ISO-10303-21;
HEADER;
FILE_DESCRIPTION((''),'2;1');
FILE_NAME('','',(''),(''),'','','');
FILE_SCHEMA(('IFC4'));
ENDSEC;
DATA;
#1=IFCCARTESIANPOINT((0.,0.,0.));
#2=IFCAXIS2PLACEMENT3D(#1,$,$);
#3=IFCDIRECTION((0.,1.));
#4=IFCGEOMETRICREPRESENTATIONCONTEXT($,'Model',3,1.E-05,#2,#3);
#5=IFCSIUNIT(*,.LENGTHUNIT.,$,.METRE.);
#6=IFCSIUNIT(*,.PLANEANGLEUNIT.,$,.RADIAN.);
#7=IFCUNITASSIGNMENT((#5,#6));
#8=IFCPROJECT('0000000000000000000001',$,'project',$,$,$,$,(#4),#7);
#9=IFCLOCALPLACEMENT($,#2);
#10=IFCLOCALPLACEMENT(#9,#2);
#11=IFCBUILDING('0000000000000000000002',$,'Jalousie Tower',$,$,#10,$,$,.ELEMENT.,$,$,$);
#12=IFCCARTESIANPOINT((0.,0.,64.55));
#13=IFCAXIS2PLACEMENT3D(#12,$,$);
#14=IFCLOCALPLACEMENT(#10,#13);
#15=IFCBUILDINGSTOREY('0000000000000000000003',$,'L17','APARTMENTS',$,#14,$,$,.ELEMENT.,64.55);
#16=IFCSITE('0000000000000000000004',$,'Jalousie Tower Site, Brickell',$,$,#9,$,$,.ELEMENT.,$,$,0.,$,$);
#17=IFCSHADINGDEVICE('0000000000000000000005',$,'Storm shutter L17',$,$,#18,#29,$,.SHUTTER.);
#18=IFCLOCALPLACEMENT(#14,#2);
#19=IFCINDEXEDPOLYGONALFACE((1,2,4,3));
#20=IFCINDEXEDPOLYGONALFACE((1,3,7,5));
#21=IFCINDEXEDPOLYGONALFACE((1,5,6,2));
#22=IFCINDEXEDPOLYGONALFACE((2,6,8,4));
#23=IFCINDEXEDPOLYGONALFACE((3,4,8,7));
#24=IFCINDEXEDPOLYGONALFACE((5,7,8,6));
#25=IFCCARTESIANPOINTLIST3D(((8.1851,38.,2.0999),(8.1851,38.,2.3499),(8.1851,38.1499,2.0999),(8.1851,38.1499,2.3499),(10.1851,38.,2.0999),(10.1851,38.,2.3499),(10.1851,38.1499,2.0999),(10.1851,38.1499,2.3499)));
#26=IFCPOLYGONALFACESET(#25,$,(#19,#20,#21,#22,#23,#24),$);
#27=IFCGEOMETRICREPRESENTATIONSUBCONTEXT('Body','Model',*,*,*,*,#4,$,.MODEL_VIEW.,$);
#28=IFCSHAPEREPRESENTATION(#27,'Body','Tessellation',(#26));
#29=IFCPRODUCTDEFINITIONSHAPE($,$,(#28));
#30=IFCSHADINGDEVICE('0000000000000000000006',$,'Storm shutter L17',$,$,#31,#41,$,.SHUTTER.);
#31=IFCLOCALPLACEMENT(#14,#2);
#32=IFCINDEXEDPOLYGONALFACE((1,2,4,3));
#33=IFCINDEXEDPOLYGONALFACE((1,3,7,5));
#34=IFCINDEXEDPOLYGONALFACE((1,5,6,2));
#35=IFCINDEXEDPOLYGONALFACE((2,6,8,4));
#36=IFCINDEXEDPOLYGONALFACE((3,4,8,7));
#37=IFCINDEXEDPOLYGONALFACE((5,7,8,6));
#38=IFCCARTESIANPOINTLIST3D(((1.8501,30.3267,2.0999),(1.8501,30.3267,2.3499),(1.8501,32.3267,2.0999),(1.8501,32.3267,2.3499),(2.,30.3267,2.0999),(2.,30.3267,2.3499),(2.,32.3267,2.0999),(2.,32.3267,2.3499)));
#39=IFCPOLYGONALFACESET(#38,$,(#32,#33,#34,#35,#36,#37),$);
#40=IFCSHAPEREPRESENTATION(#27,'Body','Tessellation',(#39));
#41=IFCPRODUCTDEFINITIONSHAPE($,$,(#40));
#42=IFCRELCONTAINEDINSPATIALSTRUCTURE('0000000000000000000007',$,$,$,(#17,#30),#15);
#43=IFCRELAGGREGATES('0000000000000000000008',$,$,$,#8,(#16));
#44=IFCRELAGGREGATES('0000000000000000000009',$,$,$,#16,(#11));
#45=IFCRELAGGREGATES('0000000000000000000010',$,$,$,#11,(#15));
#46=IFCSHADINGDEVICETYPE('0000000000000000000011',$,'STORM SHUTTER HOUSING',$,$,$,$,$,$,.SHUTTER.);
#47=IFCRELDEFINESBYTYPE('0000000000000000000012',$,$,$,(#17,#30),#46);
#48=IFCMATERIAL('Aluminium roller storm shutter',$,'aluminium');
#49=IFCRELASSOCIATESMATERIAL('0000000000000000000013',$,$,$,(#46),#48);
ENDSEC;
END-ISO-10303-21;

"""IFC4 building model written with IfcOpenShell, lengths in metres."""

from ifc_helpers import new_model, si_unit, direction, frame, origin, origin_2d, place, context, subcontext, project, spatial, rectangle, extrude, material, type_object, element, save


model = new_model("IFC4")

# Units and contexts
model_context = context("Model", 3, precision=1e-05, world=origin(), true_north=direction((0.0, 1.0)))
body_context = subcontext(model_context, "Body", "Model", "MODEL_VIEW")
ifc_project = project(units=[si_unit("LENGTHUNIT", "METRE"), si_unit("PLANEANGLEUNIT", "RADIAN")], contexts=[model_context])

# Site, building, storey
site_placement = place(None, origin())
site = spatial("IfcSite", under=ifc_project, at=site_placement, Name="Jalousie Tower Site, Brickell", CompositionType="ELEMENT", RefElevation=0.0)
building_placement = place(site_placement, origin())
building = spatial("IfcBuilding", under=site, at=building_placement, Name="Jalousie Tower", CompositionType="ELEMENT")
storey_placement = place(building_placement, frame((0.0, 0.0, 64.55)))
storey = spatial("IfcBuildingStorey", under=building, at=storey_placement, Name="L17", Description="APARTMENTS", CompositionType="ELEMENT", Elevation=64.55)

# Shading devices
ifc_material_1 = material(Name="Aluminium roller storm shutter", Category="aluminium")
shading_device_type = type_object("IfcShadingDeviceType", Name="STORM SHUTTER HOUSING", PredefinedType="SHUTTER", material=ifc_material_1)
for number, where, z_axis, x_axis, name in (
    (1, (9.1851, 38.075, 2.0999), (0.0, 0.0, 1.0), (-1.0, 0.0, 0.0), "Storm shutter L17"),
    (2, (1.925, 31.3267, 2.0999), (0.0, 0.0, 1.0), (0.0, -1.0, 0.0), "Storm shutter L17"),
):
    element("IfcShadingDevice", number, at=place(storey_placement, frame(where, z_axis=z_axis, x_axis=x_axis)), inside=storey, type_object=shading_device_type, Name=name, PredefinedType="SHUTTER", context=body_context, shape_type="SweptSolid", body=[
        extrude(rectangle(XDim=2.0, YDim=0.1499, at=origin_2d()), origin(), (0.0, 0.0, 1.0), 0.25),
    ])

save(model, "model.ifc")
